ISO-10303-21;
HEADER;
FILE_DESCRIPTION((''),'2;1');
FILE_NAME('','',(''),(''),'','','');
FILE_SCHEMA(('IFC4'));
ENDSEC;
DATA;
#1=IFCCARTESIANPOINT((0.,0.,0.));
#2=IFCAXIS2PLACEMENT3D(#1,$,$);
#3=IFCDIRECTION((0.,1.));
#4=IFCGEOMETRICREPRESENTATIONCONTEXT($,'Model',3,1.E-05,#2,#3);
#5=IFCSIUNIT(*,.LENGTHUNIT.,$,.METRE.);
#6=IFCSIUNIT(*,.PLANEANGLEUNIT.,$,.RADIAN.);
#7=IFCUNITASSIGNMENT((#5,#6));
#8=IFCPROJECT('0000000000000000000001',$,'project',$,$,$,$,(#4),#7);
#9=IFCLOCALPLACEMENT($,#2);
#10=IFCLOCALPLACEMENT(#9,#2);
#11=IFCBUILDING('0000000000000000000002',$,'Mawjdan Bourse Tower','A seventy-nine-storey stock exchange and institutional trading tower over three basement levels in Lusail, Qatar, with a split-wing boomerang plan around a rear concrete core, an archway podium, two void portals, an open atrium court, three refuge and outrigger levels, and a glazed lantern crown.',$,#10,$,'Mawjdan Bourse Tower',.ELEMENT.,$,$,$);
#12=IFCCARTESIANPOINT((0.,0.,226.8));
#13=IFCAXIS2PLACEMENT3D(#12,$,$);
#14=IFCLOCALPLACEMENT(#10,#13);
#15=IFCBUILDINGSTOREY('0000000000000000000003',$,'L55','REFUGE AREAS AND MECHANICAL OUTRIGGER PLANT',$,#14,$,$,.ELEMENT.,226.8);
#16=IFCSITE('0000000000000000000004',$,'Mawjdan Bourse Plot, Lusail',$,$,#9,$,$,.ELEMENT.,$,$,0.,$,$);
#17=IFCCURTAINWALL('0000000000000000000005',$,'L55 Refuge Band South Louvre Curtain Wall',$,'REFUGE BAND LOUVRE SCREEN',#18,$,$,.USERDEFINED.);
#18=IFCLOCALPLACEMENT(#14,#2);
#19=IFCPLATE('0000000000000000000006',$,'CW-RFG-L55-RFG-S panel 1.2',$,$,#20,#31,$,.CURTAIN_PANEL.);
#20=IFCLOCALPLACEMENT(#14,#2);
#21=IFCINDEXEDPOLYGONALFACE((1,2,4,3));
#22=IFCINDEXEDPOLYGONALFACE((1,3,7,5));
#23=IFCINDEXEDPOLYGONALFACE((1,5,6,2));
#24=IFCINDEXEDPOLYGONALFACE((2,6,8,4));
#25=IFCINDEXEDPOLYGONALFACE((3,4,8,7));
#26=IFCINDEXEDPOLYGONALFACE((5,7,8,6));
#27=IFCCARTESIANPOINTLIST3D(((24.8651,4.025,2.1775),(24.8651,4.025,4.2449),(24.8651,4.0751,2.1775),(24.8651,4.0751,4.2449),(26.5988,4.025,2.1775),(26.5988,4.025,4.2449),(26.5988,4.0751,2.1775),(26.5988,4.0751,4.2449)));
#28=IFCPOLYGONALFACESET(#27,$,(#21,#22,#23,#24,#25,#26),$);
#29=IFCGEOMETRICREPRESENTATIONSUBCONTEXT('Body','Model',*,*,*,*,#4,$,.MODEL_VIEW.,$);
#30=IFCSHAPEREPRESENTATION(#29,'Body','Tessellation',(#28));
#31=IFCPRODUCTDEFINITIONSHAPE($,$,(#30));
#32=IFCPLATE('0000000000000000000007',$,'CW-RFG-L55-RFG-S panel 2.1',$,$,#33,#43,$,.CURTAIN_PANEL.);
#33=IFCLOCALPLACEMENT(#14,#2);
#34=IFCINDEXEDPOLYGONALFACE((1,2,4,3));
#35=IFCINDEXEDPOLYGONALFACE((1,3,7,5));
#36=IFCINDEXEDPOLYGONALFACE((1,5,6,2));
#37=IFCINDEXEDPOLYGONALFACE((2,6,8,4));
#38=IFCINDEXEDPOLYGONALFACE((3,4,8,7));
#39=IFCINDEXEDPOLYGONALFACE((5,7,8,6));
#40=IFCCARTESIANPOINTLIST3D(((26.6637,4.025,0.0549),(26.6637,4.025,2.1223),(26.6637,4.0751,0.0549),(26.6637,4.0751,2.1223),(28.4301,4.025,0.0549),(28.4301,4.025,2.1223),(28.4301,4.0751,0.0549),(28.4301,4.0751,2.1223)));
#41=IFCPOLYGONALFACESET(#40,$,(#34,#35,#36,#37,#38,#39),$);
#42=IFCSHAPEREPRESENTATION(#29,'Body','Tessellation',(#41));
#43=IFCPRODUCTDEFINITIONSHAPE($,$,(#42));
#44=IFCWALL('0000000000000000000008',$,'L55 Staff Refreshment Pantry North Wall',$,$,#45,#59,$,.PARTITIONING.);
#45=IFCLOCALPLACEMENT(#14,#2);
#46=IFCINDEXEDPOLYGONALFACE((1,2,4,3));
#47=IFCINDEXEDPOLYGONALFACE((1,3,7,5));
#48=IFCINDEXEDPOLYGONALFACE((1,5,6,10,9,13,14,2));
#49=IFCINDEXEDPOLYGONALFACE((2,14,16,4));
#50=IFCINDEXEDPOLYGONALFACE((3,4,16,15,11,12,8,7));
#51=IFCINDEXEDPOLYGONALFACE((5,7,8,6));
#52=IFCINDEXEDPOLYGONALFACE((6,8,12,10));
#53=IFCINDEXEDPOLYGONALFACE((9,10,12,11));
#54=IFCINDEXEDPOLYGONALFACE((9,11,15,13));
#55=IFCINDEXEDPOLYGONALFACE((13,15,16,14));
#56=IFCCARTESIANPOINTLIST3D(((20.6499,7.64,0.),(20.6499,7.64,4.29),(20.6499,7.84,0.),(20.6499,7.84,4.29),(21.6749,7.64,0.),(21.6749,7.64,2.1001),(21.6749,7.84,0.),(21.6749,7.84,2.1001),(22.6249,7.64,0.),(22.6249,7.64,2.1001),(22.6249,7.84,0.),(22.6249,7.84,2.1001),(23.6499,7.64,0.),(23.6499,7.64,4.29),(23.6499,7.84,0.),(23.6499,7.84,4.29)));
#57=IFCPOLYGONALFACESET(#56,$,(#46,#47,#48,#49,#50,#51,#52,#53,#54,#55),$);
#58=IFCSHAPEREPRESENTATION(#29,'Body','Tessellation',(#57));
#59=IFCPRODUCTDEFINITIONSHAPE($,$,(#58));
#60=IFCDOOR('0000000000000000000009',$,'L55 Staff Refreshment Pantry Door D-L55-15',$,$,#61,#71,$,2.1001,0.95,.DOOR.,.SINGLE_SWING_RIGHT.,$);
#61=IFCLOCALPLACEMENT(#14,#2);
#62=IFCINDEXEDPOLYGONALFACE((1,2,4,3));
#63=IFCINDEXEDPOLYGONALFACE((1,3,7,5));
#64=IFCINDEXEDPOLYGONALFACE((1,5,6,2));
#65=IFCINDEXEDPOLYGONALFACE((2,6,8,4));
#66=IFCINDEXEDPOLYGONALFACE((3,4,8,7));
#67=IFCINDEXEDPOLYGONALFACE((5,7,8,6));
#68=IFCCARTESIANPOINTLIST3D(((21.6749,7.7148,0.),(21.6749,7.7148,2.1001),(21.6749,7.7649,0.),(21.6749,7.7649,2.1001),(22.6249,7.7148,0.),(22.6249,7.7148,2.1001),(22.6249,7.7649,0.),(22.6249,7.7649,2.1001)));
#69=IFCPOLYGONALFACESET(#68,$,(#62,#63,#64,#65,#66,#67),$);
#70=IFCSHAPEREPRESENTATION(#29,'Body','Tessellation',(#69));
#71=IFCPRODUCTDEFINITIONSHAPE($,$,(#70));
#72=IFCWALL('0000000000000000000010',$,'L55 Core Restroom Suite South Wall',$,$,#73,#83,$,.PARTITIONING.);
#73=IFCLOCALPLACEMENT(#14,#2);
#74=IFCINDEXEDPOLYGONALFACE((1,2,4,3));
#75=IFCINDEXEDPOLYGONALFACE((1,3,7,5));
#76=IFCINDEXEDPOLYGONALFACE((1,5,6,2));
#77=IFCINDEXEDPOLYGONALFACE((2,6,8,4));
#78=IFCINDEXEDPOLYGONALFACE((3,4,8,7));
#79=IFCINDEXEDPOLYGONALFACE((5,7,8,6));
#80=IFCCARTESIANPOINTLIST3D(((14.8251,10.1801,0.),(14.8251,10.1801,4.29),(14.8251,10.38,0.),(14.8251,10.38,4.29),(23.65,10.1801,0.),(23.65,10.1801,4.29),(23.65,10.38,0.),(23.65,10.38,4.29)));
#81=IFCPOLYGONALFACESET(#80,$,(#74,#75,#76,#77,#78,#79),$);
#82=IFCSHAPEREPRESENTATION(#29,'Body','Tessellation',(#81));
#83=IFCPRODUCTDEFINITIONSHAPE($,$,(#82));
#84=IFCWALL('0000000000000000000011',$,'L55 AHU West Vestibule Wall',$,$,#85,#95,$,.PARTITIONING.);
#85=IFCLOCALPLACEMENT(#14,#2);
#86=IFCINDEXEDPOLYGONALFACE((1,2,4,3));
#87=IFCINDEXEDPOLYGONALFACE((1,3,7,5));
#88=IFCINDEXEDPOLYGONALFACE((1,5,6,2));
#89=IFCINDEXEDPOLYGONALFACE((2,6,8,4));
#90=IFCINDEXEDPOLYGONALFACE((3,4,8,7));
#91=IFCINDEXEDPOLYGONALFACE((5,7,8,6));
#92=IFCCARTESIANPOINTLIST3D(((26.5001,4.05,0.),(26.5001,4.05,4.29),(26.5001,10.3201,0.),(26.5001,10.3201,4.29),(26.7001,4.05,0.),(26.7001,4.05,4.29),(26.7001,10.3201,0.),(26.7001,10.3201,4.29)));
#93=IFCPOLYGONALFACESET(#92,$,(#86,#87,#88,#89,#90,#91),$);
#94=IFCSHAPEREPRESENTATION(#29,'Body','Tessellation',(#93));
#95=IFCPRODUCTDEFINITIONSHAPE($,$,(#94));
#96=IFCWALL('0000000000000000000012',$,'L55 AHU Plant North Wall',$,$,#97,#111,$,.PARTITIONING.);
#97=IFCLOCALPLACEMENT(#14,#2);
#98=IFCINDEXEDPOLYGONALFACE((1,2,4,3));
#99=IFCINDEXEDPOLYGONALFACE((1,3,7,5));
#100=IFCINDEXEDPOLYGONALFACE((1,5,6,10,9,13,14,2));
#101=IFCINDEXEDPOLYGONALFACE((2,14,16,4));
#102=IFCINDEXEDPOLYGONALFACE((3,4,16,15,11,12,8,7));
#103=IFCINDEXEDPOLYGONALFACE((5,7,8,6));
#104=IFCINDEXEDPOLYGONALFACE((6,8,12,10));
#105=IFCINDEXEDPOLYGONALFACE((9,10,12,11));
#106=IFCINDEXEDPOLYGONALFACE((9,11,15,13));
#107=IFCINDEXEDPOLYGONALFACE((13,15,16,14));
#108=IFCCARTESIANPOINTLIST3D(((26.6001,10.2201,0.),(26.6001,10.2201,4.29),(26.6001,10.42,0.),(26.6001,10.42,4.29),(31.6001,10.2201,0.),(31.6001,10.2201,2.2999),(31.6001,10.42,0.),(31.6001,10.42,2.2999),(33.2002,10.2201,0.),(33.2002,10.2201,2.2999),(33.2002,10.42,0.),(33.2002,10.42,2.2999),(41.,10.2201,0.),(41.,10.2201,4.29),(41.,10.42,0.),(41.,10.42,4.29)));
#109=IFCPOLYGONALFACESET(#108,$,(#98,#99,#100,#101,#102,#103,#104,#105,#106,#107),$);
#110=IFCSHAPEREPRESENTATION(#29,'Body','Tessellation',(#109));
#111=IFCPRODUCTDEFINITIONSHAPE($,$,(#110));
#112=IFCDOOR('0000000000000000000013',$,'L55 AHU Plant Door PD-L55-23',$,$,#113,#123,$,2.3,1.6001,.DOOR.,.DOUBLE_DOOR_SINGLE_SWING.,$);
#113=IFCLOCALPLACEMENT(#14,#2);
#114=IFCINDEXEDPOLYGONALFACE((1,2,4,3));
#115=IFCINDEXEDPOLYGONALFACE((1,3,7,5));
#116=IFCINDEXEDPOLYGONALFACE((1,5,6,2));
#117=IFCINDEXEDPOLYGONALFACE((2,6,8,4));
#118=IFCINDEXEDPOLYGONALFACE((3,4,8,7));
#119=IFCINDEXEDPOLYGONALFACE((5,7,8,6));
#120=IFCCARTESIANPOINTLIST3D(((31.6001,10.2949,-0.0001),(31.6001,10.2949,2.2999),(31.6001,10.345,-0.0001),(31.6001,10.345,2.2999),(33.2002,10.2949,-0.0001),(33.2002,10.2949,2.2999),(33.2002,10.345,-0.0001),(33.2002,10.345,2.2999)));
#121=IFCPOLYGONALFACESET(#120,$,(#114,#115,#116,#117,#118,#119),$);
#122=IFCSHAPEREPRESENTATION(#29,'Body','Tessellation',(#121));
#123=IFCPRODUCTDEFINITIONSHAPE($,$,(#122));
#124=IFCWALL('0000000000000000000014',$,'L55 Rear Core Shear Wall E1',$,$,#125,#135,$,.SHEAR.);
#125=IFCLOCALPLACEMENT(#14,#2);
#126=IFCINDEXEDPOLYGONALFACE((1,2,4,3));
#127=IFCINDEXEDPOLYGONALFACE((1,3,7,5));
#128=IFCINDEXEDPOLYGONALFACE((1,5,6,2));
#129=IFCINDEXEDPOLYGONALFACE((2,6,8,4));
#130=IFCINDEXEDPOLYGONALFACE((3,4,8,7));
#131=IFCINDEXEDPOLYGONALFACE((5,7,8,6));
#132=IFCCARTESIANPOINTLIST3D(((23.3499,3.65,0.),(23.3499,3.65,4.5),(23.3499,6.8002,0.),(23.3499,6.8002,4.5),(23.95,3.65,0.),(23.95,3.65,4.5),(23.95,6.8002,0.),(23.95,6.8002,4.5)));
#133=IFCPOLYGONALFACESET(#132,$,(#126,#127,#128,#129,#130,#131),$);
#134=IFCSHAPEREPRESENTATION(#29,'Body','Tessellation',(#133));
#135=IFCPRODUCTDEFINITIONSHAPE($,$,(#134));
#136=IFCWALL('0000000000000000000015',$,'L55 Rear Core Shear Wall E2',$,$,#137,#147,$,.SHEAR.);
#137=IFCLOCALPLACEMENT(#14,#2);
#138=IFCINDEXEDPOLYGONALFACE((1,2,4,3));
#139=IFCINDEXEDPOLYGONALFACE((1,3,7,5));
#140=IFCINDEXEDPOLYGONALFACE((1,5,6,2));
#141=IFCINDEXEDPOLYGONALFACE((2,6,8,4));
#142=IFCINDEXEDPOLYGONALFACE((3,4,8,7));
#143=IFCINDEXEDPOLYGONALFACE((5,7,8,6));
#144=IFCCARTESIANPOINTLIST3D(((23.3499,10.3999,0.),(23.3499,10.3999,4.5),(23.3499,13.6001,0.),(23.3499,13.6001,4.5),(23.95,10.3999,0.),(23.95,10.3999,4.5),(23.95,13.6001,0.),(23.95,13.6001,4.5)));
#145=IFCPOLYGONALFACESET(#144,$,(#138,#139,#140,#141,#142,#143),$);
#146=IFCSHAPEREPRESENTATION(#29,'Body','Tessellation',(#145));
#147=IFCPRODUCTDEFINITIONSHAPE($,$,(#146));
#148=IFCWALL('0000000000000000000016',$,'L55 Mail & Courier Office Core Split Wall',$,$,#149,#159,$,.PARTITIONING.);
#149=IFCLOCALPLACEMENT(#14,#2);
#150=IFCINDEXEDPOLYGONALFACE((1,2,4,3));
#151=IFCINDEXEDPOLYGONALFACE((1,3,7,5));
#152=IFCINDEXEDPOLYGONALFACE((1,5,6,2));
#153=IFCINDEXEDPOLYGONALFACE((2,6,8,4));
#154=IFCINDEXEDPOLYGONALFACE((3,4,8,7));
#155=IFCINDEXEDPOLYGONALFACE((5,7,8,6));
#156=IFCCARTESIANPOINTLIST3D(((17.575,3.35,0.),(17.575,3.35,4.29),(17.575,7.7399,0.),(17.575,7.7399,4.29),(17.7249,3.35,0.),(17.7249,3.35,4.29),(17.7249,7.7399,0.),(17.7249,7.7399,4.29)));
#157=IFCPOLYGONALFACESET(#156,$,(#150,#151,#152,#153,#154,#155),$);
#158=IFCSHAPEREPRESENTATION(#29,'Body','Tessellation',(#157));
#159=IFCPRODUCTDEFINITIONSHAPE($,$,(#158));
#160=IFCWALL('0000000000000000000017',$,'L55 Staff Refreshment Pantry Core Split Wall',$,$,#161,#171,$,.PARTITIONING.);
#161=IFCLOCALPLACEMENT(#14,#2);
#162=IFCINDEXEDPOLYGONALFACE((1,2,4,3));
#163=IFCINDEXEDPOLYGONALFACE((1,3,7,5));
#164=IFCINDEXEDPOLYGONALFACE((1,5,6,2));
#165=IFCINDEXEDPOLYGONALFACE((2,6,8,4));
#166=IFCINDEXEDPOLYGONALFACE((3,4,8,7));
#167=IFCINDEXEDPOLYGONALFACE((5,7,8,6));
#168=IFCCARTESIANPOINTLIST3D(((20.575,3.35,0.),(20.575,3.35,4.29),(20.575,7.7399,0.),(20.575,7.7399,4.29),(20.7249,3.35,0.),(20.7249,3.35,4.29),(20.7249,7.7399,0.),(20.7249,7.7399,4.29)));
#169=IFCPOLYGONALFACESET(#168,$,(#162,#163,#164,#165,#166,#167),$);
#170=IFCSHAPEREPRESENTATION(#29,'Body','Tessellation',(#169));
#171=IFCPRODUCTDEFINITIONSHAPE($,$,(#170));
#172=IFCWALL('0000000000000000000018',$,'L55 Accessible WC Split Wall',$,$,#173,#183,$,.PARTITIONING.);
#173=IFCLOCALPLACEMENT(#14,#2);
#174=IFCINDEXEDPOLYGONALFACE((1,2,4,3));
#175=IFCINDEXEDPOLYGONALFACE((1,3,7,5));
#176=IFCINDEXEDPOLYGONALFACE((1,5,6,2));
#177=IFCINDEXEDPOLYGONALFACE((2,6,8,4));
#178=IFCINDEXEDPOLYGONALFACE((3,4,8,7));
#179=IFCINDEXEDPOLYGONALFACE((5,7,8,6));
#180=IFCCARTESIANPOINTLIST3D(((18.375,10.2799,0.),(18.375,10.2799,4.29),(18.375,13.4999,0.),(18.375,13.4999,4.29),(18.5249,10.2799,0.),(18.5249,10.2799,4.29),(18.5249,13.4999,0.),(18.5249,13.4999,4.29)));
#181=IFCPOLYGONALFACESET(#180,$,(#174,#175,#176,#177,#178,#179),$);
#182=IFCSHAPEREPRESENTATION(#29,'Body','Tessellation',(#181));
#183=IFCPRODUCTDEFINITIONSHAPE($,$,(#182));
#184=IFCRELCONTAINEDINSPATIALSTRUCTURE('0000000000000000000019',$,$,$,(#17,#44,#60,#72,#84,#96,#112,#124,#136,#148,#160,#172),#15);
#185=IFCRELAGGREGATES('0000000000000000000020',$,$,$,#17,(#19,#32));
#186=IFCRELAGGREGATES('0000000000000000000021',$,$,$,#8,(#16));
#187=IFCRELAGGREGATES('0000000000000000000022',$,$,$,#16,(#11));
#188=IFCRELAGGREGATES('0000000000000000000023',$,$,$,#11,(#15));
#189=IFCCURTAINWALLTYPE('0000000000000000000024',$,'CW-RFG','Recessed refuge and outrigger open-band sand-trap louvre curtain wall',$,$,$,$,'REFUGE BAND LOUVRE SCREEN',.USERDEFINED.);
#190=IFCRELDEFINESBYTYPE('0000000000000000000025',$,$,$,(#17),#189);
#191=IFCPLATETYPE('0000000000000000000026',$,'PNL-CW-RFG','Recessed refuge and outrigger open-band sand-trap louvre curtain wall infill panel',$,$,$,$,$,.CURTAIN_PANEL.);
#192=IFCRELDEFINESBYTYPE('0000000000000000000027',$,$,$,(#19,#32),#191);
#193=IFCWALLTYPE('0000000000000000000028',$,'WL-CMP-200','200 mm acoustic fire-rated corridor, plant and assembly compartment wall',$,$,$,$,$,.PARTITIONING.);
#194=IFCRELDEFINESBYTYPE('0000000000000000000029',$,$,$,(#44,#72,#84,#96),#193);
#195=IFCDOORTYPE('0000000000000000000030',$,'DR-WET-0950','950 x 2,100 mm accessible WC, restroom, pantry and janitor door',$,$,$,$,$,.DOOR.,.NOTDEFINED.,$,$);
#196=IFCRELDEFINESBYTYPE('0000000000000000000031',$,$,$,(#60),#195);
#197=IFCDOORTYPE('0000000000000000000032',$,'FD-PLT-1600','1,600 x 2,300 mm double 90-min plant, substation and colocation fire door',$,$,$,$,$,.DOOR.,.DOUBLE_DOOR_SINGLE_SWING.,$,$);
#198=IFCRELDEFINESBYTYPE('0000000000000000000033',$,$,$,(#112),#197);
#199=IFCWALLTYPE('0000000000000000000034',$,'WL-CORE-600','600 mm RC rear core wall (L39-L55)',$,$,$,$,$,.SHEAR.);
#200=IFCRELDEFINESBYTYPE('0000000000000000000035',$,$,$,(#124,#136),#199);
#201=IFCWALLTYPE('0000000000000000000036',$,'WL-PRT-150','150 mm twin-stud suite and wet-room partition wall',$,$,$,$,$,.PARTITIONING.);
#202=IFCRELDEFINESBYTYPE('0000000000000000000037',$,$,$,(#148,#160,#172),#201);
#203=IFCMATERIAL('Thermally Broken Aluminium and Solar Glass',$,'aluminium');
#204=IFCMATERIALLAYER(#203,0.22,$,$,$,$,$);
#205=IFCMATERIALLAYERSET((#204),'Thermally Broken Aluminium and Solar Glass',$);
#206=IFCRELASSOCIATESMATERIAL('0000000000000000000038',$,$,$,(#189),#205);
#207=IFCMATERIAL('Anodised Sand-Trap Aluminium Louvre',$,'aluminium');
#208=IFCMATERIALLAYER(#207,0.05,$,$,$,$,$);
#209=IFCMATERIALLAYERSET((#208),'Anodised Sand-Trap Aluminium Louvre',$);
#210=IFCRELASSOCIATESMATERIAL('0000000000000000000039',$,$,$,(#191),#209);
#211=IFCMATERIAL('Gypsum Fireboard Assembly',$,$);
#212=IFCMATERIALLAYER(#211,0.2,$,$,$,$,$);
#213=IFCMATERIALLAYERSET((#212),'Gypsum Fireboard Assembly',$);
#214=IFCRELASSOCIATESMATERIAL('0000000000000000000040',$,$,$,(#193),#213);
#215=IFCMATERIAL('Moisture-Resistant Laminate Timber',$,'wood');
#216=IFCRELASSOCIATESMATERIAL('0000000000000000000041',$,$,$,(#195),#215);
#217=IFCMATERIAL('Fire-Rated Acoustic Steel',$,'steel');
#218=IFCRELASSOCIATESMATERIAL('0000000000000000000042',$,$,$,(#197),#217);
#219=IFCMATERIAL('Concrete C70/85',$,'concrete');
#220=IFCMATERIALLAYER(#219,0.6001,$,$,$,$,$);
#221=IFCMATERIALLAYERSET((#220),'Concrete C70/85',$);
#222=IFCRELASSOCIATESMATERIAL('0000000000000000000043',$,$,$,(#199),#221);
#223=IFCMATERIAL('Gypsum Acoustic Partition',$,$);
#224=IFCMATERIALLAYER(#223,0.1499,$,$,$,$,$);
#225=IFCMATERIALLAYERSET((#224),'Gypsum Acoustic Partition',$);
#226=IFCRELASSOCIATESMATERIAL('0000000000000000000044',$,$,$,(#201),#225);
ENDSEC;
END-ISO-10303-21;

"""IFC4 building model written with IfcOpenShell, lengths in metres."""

from ifc_helpers import new_model, si_unit, direction, frame, frame_2d, origin, origin_2d, place, context, subcontext, project, spatial, rectangle, extrude, material, layer, layer_set, type_object, element, fill, aggregate, save


model = new_model("IFC4")

# Units and contexts
model_context = context("Model", 3, precision=1e-05, world=origin(), true_north=direction((0.0, 1.0)))
body_context = subcontext(model_context, "Body", "Model", "MODEL_VIEW")
ifc_project = project(units=[si_unit("LENGTHUNIT", "METRE"), si_unit("PLANEANGLEUNIT", "RADIAN")], contexts=[model_context])

# Site, building, storey
site_placement = place(None, origin())
site = spatial("IfcSite", under=ifc_project, at=site_placement, Name="Mawjdan Bourse Plot, Lusail", CompositionType="ELEMENT", RefElevation=0.0)
building_placement = place(site_placement, origin())
building = spatial("IfcBuilding", under=site, at=building_placement, Name="Mawjdan Bourse Tower", Description="A seventy-nine-storey stock exchange and institutional trading tower over three basement levels in Lusail, Qatar, with a split-wing boomerang plan around a rear concrete core, an archway podium, two void portals, an open atrium court, three refuge and outrigger levels, and a glazed lantern crown.", LongName="Mawjdan Bourse Tower", CompositionType="ELEMENT")
storey_placement = place(building_placement, frame((0.0, 0.0, 226.8)))
storey = spatial("IfcBuildingStorey", under=building, at=storey_placement, Name="L55", Description="REFUGE AREAS AND MECHANICAL OUTRIGGER PLANT", CompositionType="ELEMENT", Elevation=226.8)

# Shared definitions
ifc_material_1 = material(Name="Concrete C70/85", Category="concrete")

# Curtain wall
ifc_material_2 = material(Name="Thermally Broken Aluminium and Solar Glass", Category="aluminium")
ifc_layer_1 = layer(ifc_material_2, 0.22)
ifc_layer_set_1 = layer_set([ifc_layer_1], Name="Thermally Broken Aluminium and Solar Glass")
curtain_wall_type = type_object("IfcCurtainWallType", Name="CW-RFG", Description="Recessed refuge and outrigger open-band sand-trap louvre curtain wall", ElementType="REFUGE BAND LOUVRE SCREEN", PredefinedType="USERDEFINED", material=ifc_layer_set_1)
curtain_wall_placement = place(storey_placement, origin())
curtain_wall = element("IfcCurtainWall", 1, at=curtain_wall_placement, inside=storey, type_object=curtain_wall_type, Name="L55 Refuge Band South Louvre Curtain Wall", ObjectType="REFUGE BAND LOUVRE SCREEN", PredefinedType="USERDEFINED")

# Plates
ifc_material_3 = material(Name="Anodised Sand-Trap Aluminium Louvre", Category="aluminium")
ifc_layer_2 = layer(ifc_material_3, 0.05)
ifc_layer_set_2 = layer_set([ifc_layer_2], Name="Anodised Sand-Trap Aluminium Louvre")
plate_type = type_object("IfcPlateType", Name="PNL-CW-RFG", Description="Recessed refuge and outrigger open-band sand-trap louvre curtain wall infill panel", PredefinedType="CURTAIN_PANEL", material=ifc_layer_set_2)
plate_1_placement = place(storey_placement, frame((25.7319, 4.05, 2.1775), z_axis=(0.0, 0.0, 1.0), x_axis=(1.0, 0.0, 0.0)))
plate_1 = element("IfcPlate", 2, at=plate_1_placement, type_object=plate_type, Name="CW-RFG-L55-RFG-S panel 1.2", PredefinedType="CURTAIN_PANEL", context=body_context, shape_type="SweptSolid", body=[
    extrude(rectangle(XDim=1.7336, YDim=0.05, at=origin_2d()), origin(), (0.0, 0.0, 1.0), 2.0674),
])
plate_2_placement = place(storey_placement, frame((27.5469, 4.05, 0.0549), z_axis=(0.0, 0.0, 1.0), x_axis=(1.0, 0.0, 0.0)))
plate_2 = element("IfcPlate", 3, at=plate_2_placement, type_object=plate_type, Name="CW-RFG-L55-RFG-S panel 2.1", PredefinedType="CURTAIN_PANEL", context=body_context, shape_type="SweptSolid", body=[
    extrude(rectangle(XDim=1.7664, YDim=0.05, at=origin_2d()), origin(), (0.0, 0.0, 1.0), 2.0674),
])
aggregate(curtain_wall, [plate_1, plate_2])

# Wall, opening, door
ifc_material_4 = material(Name="Gypsum Fireboard Assembly")
ifc_layer_3 = layer(ifc_material_4, 0.2)
ifc_layer_set_3 = layer_set([ifc_layer_3], Name="Gypsum Fireboard Assembly")
wall_type_1 = type_object("IfcWallType", Name="WL-CMP-200", Description="200 mm acoustic fire-rated corridor, plant and assembly compartment wall", PredefinedType="PARTITIONING", material=ifc_layer_set_3)
wall_1_placement = place(storey_placement, frame((20.6499, 7.74, 0.0), z_axis=(0.0, 0.0, 1.0), x_axis=(1.0, 0.0, 0.0)))
wall_1 = element("IfcWall", 4, at=wall_1_placement, inside=storey, type_object=wall_type_1, Name="L55 Staff Refreshment Pantry North Wall", PredefinedType="PARTITIONING", context=body_context, shape_type="SweptSolid", body=[
    extrude(rectangle(XDim=3.0, YDim=0.2, at=frame_2d((1.5, 0.0))), origin(), (0.0, 0.0, 1.0), 4.29),
])
opening_1_placement = place(wall_1_placement, frame((1.0249, 0.0, 0.0)))
opening_1 = element("IfcOpeningElement", 5, at=opening_1_placement, cuts=wall_1, PredefinedType="OPENING", context=body_context, shape_type="SweptSolid", body=[
    extrude(rectangle(XDim=0.95, YDim=2.1001, at=frame_2d((0.4751, 1.05))), frame((0.0, 0.1099, 0.0), z_axis=(0.0, -1.0, 0.0), x_axis=(1.0, 0.0, 0.0)), (0.0, 0.0, 1.0), 0.22),
])
ifc_material_5 = material(Name="Moisture-Resistant Laminate Timber", Category="wood")
door_type_1 = type_object("IfcDoorType", Name="DR-WET-0950", Description="950 x 2,100 mm accessible WC, restroom, pantry and janitor door", OperationType="NOTDEFINED", PredefinedType="DOOR", material=ifc_material_5)
door_1_placement = place(opening_1_placement, origin())
door_1 = element("IfcDoor", 6, at=door_1_placement, inside=storey, type_object=door_type_1, Name="L55 Staff Refreshment Pantry Door D-L55-15", OperationType="SINGLE_SWING_RIGHT", OverallHeight=2.1001, OverallWidth=0.95, PredefinedType="DOOR", context=body_context, shape_type="SweptSolid", body=[
    extrude(rectangle(XDim=0.95, YDim=2.1001, at=frame_2d((0.4751, 1.05))), frame((0.0, 0.0249, 0.0), z_axis=(0.0, -1.0, 0.0), x_axis=(1.0, 0.0, 0.0)), (0.0, 0.0, 1.0), 0.05),
])
fill(opening_1, door_1)

# Walls
wall_2_placement = place(storey_placement, frame((14.825, 10.28, 0.0), z_axis=(0.0, 0.0, 1.0), x_axis=(1.0, 0.0, 0.0)))
element("IfcWall", 7, at=wall_2_placement, inside=storey, type_object=wall_type_1, Name="L55 Core Restroom Suite South Wall", PredefinedType="PARTITIONING", context=body_context, shape_type="SweptSolid", body=[
    extrude(rectangle(XDim=8.825, YDim=0.2, at=frame_2d((4.4126, 0.0))), origin(), (0.0, 0.0, 1.0), 4.29),
])
wall_3_placement = place(storey_placement, frame((26.6001, 4.05, 0.0), z_axis=(0.0, 0.0, 1.0), x_axis=(0.0, 1.0, 0.0)))
element("IfcWall", 8, at=wall_3_placement, inside=storey, type_object=wall_type_1, Name="L55 AHU West Vestibule Wall", PredefinedType="PARTITIONING", context=body_context, shape_type="SweptSolid", body=[
    extrude(rectangle(XDim=6.27, YDim=0.2, at=frame_2d((3.135, 0.0))), origin(), (0.0, 0.0, 1.0), 4.29),
])

# Wall, opening, door
wall_4_placement = place(storey_placement, frame((26.6001, 10.3201, 0.0), z_axis=(0.0, 0.0, 1.0), x_axis=(1.0, 0.0, 0.0)))
wall_4 = element("IfcWall", 9, at=wall_4_placement, inside=storey, type_object=wall_type_1, Name="L55 AHU Plant North Wall", PredefinedType="PARTITIONING", context=body_context, shape_type="SweptSolid", body=[
    extrude(rectangle(XDim=14.3999, YDim=0.2, at=frame_2d((7.2, 0.0))), origin(), (0.0, 0.0, 1.0), 4.29),
])
opening_2_placement = place(wall_4_placement, frame((5.0, 0.0, 0.0)))
opening_2 = element("IfcOpeningElement", 10, at=opening_2_placement, cuts=wall_4, PredefinedType="OPENING", context=body_context, shape_type="SweptSolid", body=[
    extrude(rectangle(XDim=1.6001, YDim=2.3, at=frame_2d((0.8, 1.1499))), frame((0.0, 0.1099, 0.0), z_axis=(0.0, -1.0, 0.0), x_axis=(1.0, 0.0, 0.0)), (0.0, 0.0, 1.0), 0.22),
])
ifc_material_6 = material(Name="Fire-Rated Acoustic Steel", Category="steel")
door_type_2 = type_object("IfcDoorType", Name="FD-PLT-1600", Description="1,600 x 2,300 mm double 90-min plant, substation and colocation fire door", OperationType="DOUBLE_DOOR_SINGLE_SWING", PredefinedType="DOOR", material=ifc_material_6)
door_2_placement = place(opening_2_placement, origin())
door_2 = element("IfcDoor", 11, at=door_2_placement, inside=storey, type_object=door_type_2, Name="L55 AHU Plant Door PD-L55-23", OperationType="DOUBLE_DOOR_SINGLE_SWING", OverallHeight=2.3, OverallWidth=1.6001, PredefinedType="DOOR", context=body_context, shape_type="SweptSolid", body=[
    extrude(rectangle(XDim=1.6001, YDim=2.3, at=frame_2d((0.8, 1.1499))), frame((0.0, 0.0249, 0.0), z_axis=(0.0, -1.0, 0.0), x_axis=(1.0, 0.0, 0.0)), (0.0, 0.0, 1.0), 0.05),
])
fill(opening_2, door_2)

# Walls
ifc_layer_4 = layer(ifc_material_1, 0.6001)
ifc_layer_set_4 = layer_set([ifc_layer_4], Name="Concrete C70/85")
wall_type_2 = type_object("IfcWallType", Name="WL-CORE-600", Description="600 mm RC rear core wall (L39-L55)", PredefinedType="SHEAR", material=ifc_layer_set_4)
wall_5_placement = place(storey_placement, frame((23.6499, 3.6499, 0.0), z_axis=(0.0, 0.0, 1.0), x_axis=(0.0, 1.0, 0.0)))
element("IfcWall", 12, at=wall_5_placement, inside=storey, type_object=wall_type_2, Name="L55 Rear Core Shear Wall E1", PredefinedType="SHEAR", context=body_context, shape_type="SweptSolid", body=[
    extrude(rectangle(XDim=3.1501, YDim=0.6001, at=frame_2d((1.5752, 0.0))), origin(), (0.0, 0.0, 1.0), 4.5),
])
wall_6_placement = place(storey_placement, frame((23.6499, 10.3999, 0.0), z_axis=(0.0, 0.0, 1.0), x_axis=(0.0, 1.0, 0.0)))
element("IfcWall", 13, at=wall_6_placement, inside=storey, type_object=wall_type_2, Name="L55 Rear Core Shear Wall E2", PredefinedType="SHEAR", context=body_context, shape_type="SweptSolid", body=[
    extrude(rectangle(XDim=3.2002, YDim=0.6001, at=frame_2d((1.6001, 0.0))), origin(), (0.0, 0.0, 1.0), 4.5),
])
ifc_material_7 = material(Name="Gypsum Acoustic Partition")
ifc_layer_5 = layer(ifc_material_7, 0.1499)
ifc_layer_set_5 = layer_set([ifc_layer_5], Name="Gypsum Acoustic Partition")
wall_type_3 = type_object("IfcWallType", Name="WL-PRT-150", Description="150 mm twin-stud suite and wet-room partition wall", PredefinedType="PARTITIONING", material=ifc_layer_set_5)
for number, where, z_axis, x_axis, name in (
    (14, (17.6499, 3.3501, 0.0), (0.0, 0.0, 1.0), (0.0, 1.0, 0.0), "L55 Mail & Courier Office Core Split Wall"),
    (15, (20.6499, 3.3501, 0.0), (0.0, 0.0, 1.0), (0.0, 1.0, 0.0), "L55 Staff Refreshment Pantry Core Split Wall"),
):
    element("IfcWall", number, at=place(storey_placement, frame(where, z_axis=z_axis, x_axis=x_axis)), inside=storey, type_object=wall_type_3, Name=name, PredefinedType="PARTITIONING", context=body_context, shape_type="SweptSolid", body=[
        extrude(rectangle(XDim=4.3899, YDim=0.1499, at=frame_2d((2.1948, 0.0))), origin(), (0.0, 0.0, 1.0), 4.29),
    ])
wall_7_placement = place(storey_placement, frame((18.45, 10.28, 0.0), z_axis=(0.0, 0.0, 1.0), x_axis=(0.0, 1.0, 0.0)))
element("IfcWall", 16, at=wall_7_placement, inside=storey, type_object=wall_type_3, Name="L55 Accessible WC Split Wall", PredefinedType="PARTITIONING", context=body_context, shape_type="SweptSolid", body=[
    extrude(rectangle(XDim=3.22, YDim=0.1499, at=frame_2d((1.6099, 0.0))), origin(), (0.0, 0.0, 1.0), 4.29),
])

save(model, "model.ifc")
